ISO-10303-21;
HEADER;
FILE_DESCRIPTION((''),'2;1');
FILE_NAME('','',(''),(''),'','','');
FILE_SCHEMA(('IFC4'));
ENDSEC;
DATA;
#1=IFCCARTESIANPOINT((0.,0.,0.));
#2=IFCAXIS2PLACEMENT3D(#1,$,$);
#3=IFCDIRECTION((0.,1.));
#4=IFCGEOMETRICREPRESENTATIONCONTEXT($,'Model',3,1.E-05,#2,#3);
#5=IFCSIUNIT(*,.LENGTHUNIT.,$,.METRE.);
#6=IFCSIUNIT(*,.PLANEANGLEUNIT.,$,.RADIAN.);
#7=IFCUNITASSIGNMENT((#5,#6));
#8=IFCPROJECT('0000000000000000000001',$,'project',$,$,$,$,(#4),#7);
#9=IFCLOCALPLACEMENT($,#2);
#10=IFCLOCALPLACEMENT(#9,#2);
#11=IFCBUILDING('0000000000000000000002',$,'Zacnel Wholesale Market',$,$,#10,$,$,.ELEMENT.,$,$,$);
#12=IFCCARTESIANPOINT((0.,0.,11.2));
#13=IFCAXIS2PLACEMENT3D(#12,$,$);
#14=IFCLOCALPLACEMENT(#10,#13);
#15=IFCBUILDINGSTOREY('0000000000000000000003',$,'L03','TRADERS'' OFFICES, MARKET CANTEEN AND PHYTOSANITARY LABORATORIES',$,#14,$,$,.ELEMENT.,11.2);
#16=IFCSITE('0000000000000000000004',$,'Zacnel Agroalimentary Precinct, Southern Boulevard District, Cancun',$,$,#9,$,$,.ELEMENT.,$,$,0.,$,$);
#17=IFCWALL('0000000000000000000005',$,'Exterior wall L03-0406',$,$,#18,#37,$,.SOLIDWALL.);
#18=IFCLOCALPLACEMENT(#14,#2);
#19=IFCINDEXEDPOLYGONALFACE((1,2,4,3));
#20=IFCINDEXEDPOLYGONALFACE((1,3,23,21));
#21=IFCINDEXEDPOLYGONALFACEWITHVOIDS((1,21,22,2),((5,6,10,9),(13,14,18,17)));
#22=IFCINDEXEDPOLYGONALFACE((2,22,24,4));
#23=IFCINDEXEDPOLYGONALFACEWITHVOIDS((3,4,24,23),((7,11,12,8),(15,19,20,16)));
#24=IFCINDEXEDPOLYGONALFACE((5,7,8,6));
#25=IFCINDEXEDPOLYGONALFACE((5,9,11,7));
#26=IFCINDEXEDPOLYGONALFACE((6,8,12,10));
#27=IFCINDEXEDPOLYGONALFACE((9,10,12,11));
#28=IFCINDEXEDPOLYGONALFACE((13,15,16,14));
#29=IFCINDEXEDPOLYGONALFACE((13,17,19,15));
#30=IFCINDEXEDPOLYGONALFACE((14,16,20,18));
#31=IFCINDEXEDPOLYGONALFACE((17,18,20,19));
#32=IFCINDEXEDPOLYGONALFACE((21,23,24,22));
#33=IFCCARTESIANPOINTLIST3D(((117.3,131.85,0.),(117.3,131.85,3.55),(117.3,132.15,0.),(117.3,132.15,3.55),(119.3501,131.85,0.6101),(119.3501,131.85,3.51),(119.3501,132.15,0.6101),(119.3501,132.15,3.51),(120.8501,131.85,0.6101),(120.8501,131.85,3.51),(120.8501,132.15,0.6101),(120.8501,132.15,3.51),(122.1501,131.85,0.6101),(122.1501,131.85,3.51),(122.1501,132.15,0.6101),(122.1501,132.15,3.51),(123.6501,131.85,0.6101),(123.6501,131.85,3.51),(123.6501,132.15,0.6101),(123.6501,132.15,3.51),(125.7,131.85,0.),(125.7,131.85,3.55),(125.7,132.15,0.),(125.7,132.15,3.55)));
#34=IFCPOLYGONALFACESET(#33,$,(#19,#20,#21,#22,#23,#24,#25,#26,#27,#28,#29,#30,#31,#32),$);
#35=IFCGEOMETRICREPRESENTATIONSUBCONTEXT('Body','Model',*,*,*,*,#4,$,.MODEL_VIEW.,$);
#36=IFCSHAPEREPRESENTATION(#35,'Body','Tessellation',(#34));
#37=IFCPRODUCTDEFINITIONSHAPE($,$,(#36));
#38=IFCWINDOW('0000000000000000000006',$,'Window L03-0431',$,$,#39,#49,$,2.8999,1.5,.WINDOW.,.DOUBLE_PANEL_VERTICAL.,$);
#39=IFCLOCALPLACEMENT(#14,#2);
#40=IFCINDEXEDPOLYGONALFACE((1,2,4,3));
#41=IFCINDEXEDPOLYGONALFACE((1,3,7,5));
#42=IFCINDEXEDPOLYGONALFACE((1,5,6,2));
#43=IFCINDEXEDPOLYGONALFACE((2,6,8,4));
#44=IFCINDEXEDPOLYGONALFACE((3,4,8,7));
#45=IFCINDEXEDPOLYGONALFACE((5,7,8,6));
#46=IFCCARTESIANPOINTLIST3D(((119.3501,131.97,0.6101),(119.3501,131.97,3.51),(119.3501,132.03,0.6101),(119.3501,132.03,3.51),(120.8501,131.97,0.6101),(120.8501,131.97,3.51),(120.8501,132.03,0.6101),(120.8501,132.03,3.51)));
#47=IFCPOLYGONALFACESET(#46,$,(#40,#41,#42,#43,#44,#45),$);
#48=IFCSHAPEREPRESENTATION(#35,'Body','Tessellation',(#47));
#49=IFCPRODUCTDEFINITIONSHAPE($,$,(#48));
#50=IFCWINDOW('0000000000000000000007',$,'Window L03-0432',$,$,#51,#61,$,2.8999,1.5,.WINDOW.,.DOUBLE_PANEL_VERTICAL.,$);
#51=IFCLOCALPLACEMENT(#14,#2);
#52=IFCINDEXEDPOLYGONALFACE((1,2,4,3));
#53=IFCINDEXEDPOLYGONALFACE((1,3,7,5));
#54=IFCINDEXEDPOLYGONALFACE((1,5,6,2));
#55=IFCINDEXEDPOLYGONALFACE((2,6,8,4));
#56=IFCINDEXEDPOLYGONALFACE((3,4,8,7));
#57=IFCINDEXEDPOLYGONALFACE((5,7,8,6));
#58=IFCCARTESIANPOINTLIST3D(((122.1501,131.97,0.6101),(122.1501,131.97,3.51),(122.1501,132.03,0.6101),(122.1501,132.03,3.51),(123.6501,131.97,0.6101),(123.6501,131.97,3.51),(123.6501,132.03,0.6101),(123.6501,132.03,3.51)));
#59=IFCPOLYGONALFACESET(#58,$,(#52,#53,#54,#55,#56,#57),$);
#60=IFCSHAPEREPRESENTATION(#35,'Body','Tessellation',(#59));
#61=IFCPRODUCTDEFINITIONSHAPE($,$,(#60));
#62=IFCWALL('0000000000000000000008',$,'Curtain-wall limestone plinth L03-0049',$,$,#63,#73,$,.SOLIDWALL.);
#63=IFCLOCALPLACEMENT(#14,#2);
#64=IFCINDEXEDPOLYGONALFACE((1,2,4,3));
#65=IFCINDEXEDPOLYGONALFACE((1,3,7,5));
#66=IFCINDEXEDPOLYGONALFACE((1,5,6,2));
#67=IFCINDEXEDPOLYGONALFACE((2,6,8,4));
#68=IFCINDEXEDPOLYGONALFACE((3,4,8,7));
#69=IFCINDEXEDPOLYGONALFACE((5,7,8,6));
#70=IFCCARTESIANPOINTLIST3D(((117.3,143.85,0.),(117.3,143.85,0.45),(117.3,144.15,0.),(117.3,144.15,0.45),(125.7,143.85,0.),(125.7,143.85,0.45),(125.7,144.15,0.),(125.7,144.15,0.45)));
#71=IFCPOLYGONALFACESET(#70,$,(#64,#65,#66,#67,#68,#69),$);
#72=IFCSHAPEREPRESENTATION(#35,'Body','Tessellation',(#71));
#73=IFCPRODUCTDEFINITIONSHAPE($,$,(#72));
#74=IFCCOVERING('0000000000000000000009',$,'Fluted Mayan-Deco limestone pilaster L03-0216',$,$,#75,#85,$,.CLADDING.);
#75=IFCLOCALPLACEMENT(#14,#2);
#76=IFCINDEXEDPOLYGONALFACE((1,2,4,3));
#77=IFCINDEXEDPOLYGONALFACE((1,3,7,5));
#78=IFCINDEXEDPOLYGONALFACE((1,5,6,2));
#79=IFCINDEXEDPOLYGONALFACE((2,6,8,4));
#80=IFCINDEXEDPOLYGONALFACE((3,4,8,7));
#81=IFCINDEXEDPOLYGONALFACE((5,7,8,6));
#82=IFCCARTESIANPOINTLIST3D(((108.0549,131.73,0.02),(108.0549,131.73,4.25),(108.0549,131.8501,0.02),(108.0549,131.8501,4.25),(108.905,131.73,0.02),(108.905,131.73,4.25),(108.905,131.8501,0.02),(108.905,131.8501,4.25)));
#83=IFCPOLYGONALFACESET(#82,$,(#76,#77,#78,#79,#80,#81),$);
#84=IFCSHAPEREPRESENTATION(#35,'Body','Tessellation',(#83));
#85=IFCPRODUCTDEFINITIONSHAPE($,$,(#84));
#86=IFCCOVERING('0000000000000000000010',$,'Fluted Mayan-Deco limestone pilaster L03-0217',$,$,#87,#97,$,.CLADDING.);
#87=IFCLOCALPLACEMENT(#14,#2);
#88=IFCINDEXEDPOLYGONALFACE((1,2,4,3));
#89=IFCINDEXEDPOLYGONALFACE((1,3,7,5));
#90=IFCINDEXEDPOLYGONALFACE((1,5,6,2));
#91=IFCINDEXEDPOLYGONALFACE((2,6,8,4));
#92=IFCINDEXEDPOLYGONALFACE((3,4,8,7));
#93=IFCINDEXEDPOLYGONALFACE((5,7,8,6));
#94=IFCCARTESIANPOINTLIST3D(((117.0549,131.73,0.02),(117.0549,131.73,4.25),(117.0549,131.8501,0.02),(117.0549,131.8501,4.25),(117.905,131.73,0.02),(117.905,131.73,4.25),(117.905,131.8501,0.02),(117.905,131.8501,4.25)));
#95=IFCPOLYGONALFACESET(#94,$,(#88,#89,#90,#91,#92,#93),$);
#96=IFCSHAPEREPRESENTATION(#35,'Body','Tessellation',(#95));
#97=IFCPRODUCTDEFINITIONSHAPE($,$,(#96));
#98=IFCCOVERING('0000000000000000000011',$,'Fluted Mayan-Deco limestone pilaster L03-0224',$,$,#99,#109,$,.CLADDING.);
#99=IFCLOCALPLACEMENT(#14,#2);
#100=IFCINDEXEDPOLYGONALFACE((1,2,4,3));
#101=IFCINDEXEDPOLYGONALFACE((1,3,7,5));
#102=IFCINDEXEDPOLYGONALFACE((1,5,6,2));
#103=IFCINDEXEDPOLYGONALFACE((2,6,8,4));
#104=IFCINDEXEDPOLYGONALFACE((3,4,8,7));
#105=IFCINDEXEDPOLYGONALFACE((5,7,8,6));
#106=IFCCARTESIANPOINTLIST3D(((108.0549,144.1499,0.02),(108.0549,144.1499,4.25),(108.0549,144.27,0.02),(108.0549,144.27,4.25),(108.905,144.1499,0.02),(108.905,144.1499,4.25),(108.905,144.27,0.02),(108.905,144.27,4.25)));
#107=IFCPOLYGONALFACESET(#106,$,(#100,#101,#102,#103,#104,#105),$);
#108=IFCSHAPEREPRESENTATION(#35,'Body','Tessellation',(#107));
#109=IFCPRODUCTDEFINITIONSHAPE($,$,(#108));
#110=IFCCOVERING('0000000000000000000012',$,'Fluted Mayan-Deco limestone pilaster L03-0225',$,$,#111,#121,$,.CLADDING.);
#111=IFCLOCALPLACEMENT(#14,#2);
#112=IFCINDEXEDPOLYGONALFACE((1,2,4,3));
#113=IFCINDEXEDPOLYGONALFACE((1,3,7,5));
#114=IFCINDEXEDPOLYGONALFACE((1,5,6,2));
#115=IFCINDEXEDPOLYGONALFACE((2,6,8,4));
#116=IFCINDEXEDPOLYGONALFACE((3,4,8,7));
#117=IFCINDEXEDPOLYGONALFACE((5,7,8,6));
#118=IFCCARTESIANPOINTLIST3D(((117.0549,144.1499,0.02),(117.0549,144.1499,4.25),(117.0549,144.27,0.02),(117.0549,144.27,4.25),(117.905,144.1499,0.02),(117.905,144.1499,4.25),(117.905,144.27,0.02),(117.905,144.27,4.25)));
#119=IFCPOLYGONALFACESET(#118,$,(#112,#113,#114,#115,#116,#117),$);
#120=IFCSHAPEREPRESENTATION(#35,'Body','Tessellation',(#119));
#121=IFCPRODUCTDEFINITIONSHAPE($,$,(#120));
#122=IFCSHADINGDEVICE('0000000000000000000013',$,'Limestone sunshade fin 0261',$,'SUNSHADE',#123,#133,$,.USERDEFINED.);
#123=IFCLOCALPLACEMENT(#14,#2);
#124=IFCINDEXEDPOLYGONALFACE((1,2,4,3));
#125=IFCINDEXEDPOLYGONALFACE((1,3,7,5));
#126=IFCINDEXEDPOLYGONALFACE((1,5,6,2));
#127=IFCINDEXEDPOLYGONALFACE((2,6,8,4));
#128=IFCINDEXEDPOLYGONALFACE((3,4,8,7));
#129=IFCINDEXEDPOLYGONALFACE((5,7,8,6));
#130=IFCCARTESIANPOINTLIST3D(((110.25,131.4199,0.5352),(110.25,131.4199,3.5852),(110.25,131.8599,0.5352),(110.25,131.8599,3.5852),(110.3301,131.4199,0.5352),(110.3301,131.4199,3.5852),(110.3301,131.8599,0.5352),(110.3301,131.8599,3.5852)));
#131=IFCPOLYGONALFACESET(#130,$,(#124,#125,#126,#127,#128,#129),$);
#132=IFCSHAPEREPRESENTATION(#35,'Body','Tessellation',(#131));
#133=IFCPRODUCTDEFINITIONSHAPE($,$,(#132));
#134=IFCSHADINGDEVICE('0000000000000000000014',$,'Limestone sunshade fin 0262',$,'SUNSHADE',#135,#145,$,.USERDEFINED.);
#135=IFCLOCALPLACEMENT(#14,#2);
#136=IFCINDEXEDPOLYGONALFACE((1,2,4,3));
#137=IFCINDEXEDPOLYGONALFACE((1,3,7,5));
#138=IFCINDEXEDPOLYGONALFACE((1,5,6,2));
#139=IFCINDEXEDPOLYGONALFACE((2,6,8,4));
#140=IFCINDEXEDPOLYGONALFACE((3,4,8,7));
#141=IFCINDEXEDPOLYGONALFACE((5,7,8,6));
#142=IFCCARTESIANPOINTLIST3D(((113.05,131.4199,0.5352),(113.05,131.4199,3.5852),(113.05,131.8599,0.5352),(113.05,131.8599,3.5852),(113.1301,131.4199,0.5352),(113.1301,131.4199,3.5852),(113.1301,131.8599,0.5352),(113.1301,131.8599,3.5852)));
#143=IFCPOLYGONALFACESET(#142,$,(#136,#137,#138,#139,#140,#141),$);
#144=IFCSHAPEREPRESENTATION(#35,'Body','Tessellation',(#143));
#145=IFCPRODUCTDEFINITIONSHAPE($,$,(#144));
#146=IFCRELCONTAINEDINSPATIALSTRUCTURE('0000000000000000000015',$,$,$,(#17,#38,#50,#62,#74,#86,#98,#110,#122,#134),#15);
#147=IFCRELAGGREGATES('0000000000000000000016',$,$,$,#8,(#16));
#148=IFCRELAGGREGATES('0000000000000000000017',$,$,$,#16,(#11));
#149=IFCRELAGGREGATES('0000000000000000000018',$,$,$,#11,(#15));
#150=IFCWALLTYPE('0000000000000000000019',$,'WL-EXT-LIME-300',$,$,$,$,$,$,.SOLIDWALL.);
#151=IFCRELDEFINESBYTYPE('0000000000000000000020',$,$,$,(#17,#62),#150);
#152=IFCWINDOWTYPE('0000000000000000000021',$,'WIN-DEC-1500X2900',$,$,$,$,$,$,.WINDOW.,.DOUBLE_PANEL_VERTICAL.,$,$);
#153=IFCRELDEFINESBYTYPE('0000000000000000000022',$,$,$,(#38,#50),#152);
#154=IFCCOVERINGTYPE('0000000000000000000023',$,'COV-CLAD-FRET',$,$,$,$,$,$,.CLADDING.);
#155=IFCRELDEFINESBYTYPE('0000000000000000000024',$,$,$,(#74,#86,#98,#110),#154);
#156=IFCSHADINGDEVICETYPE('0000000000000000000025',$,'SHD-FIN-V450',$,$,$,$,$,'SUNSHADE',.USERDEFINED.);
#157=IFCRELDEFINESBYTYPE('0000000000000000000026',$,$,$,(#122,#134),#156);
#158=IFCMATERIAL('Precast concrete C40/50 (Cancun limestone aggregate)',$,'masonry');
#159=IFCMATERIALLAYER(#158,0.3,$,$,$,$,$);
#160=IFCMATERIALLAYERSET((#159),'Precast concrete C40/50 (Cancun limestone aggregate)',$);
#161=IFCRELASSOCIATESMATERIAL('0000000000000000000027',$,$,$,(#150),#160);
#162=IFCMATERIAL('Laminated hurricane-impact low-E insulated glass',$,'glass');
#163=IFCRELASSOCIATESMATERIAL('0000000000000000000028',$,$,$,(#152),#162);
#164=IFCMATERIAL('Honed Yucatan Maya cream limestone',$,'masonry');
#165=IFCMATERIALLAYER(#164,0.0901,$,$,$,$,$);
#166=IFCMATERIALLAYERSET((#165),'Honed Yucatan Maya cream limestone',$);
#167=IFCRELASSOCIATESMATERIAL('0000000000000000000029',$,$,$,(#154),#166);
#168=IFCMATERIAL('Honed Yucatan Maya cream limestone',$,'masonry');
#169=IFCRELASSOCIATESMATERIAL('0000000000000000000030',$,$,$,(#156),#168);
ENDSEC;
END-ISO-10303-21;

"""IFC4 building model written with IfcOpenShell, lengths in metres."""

from ifc_helpers import new_model, si_unit, direction, frame, frame_2d, origin, origin_2d, place, context, subcontext, project, spatial, rectangle, extrude, material, layer, layer_set, type_object, element, fill, save


model = new_model("IFC4")

# Units and contexts
model_context = context("Model", 3, precision=1e-05, world=origin(), true_north=direction((0.0, 1.0)))
body_context = subcontext(model_context, "Body", "Model", "MODEL_VIEW")
ifc_project = project(units=[si_unit("LENGTHUNIT", "METRE"), si_unit("PLANEANGLEUNIT", "RADIAN")], contexts=[model_context])

# Site, building, storey
site_placement = place(None, origin())
site = spatial("IfcSite", under=ifc_project, at=site_placement, Name="Zacnel Agroalimentary Precinct, Southern Boulevard District, Cancun", CompositionType="ELEMENT", RefElevation=0.0)
building_placement = place(site_placement, origin())
building = spatial("IfcBuilding", under=site, at=building_placement, Name="Zacnel Wholesale Market", CompositionType="ELEMENT")
storey_placement = place(building_placement, frame((0.0, 0.0, 11.2)))
storey = spatial("IfcBuildingStorey", under=building, at=storey_placement, Name="L03", Description="TRADERS' OFFICES, MARKET CANTEEN AND PHYTOSANITARY LABORATORIES", CompositionType="ELEMENT", Elevation=11.2)

# Wall, openings, windows
ifc_material_1 = material(Name="Precast concrete C40/50 (Cancun limestone aggregate)", Category="masonry")
ifc_layer_1 = layer(ifc_material_1, 0.3)
ifc_layer_set_1 = layer_set([ifc_layer_1], Name="Precast concrete C40/50 (Cancun limestone aggregate)")
wall_type_1 = type_object("IfcWallType", Name="WL-EXT-LIME-300", PredefinedType="SOLIDWALL", material=ifc_layer_set_1)
wall_1_placement = place(storey_placement, frame((117.3, 132.0, 0.0), z_axis=(0.0, 0.0, 1.0), x_axis=(1.0, 0.0, 0.0)))
wall_1 = element("IfcWall", 1, at=wall_1_placement, inside=storey, type_object=wall_type_1, Name="Exterior wall L03-0406", PredefinedType="SOLIDWALL", context=body_context, shape_type="SweptSolid", body=[
    extrude(rectangle(XDim=8.3999, YDim=0.3, at=frame_2d((4.2, 0.0))), origin(), (0.0, 0.0, 1.0), 3.55),
])
opening_1_placement = place(wall_1_placement, frame((2.05, 0.0, 0.6101)))
opening_1 = element("IfcOpeningElement", 2, at=opening_1_placement, cuts=wall_1, PredefinedType="OPENING", context=body_context, shape_type="SweptSolid", body=[
    extrude(rectangle(XDim=1.5, YDim=2.8999, at=frame_2d((0.75, 1.45))), frame((0.0, 0.1599, 0.0), z_axis=(0.0, -1.0, 0.0), x_axis=(1.0, 0.0, 0.0)), (0.0, 0.0, 1.0), 0.3201),
])
opening_2_placement = place(wall_1_placement, frame((4.8501, 0.0, 0.6101)))
opening_2 = element("IfcOpeningElement", 3, at=opening_2_placement, cuts=wall_1, PredefinedType="OPENING", context=body_context, shape_type="SweptSolid", body=[
    extrude(rectangle(XDim=1.5, YDim=2.8999, at=frame_2d((0.75, 1.45))), frame((0.0, 0.1599, 0.0), z_axis=(0.0, -1.0, 0.0), x_axis=(1.0, 0.0, 0.0)), (0.0, 0.0, 1.0), 0.3201),
])
ifc_material_2 = material(Name="Laminated hurricane-impact low-E insulated glass", Category="glass")
window_type = type_object("IfcWindowType", Name="WIN-DEC-1500X2900", PartitioningType="DOUBLE_PANEL_VERTICAL", PredefinedType="WINDOW", material=ifc_material_2)
window_1_placement = place(opening_1_placement, origin())
window_1 = element("IfcWindow", 4, at=window_1_placement, inside=storey, type_object=window_type, Name="Window L03-0431", OverallHeight=2.8999, OverallWidth=1.5, PartitioningType="DOUBLE_PANEL_VERTICAL", PredefinedType="WINDOW", context=body_context, shape_type="SweptSolid", body=[
    extrude(rectangle(XDim=1.5, YDim=2.8999, at=frame_2d((0.75, 1.45))), frame((0.0, 0.03, 0.0), z_axis=(0.0, -1.0, 0.0), x_axis=(1.0, 0.0, 0.0)), (0.0, 0.0, 1.0), 0.0601),
])
fill(opening_1, window_1)
window_2_placement = place(opening_2_placement, origin())
window_2 = element("IfcWindow", 5, at=window_2_placement, inside=storey, type_object=window_type, Name="Window L03-0432", OverallHeight=2.8999, OverallWidth=1.5, PartitioningType="DOUBLE_PANEL_VERTICAL", PredefinedType="WINDOW", context=body_context, shape_type="SweptSolid", body=[
    extrude(rectangle(XDim=1.5, YDim=2.8999, at=frame_2d((0.75, 1.45))), frame((0.0, 0.03, 0.0), z_axis=(0.0, -1.0, 0.0), x_axis=(1.0, 0.0, 0.0)), (0.0, 0.0, 1.0), 0.0601),
])
fill(opening_2, window_2)

# Wall
wall_2_placement = place(storey_placement, frame((117.3, 144.0, 0.0), z_axis=(0.0, 0.0, 1.0), x_axis=(1.0, 0.0, 0.0)))
element("IfcWall", 6, at=wall_2_placement, inside=storey, type_object=wall_type_1, Name="Curtain-wall limestone plinth L03-0049", PredefinedType="SOLIDWALL", context=body_context, shape_type="SweptSolid", body=[
    extrude(rectangle(XDim=8.3999, YDim=0.3, at=frame_2d((4.2, 0.0))), origin(), (0.0, 0.0, 1.0), 0.45),
])

# Coverings
ifc_material_3 = material(Name="Honed Yucatan Maya cream limestone", Category="masonry")
ifc_layer_2 = layer(ifc_material_3, 0.0901)
ifc_layer_set_2 = layer_set([ifc_layer_2], Name="Honed Yucatan Maya cream limestone")
covering_type = type_object("IfcCoveringType", Name="COV-CLAD-FRET", PredefinedType="CLADDING", material=ifc_layer_set_2)
for number, where, z_axis, x_axis, name in (
    (7, (108.48, 131.79, 0.02), (0.0, 0.0, 1.0), (1.0, 0.0, 0.0), "Fluted Mayan-Deco limestone pilaster L03-0216"),
    (8, (117.48, 131.79, 0.02), (0.0, 0.0, 1.0), (1.0, 0.0, 0.0), "Fluted Mayan-Deco limestone pilaster L03-0217"),
    (9, (108.48, 144.21, 0.02), (0.0, 0.0, 1.0), (1.0, 0.0, 0.0), "Fluted Mayan-Deco limestone pilaster L03-0224"),
    (10, (117.48, 144.21, 0.02), (0.0, 0.0, 1.0), (1.0, 0.0, 0.0), "Fluted Mayan-Deco limestone pilaster L03-0225"),
):
    element("IfcCovering", number, at=place(storey_placement, frame(where, z_axis=z_axis, x_axis=x_axis)), inside=storey, type_object=covering_type, Name=name, PredefinedType="CLADDING", context=body_context, shape_type="SweptSolid", body=[
        extrude(rectangle(XDim=0.8501, YDim=0.1201, at=origin_2d()), origin(), (0.0, 0.0, 1.0), 4.23),
    ])

# Shading devices
ifc_material_4 = material(Name="Honed Yucatan Maya cream limestone", Category="masonry")
shading_device_type = type_object("IfcShadingDeviceType", Name="SHD-FIN-V450", ElementType="SUNSHADE", PredefinedType="USERDEFINED", material=ifc_material_4)
for number, where, z_axis, x_axis, name in (
    (11, (110.29, 131.6399, 0.5352), (0.0, 0.0, 1.0), (1.0, 0.0, 0.0), "Limestone sunshade fin 0261"),
    (12, (113.0901, 131.6399, 0.5352), (0.0, 0.0, 1.0), (1.0, 0.0, 0.0), "Limestone sunshade fin 0262"),
):
    element("IfcShadingDevice", number, at=place(storey_placement, frame(where, z_axis=z_axis, x_axis=x_axis)), inside=storey, type_object=shading_device_type, Name=name, ObjectType="SUNSHADE", PredefinedType="USERDEFINED", context=body_context, shape_type="SweptSolid", body=[
        extrude(rectangle(XDim=0.0801, YDim=0.4399, at=origin_2d()), origin(), (0.0, 0.0, 1.0), 3.05),
    ])

save(model, "model.ifc")
